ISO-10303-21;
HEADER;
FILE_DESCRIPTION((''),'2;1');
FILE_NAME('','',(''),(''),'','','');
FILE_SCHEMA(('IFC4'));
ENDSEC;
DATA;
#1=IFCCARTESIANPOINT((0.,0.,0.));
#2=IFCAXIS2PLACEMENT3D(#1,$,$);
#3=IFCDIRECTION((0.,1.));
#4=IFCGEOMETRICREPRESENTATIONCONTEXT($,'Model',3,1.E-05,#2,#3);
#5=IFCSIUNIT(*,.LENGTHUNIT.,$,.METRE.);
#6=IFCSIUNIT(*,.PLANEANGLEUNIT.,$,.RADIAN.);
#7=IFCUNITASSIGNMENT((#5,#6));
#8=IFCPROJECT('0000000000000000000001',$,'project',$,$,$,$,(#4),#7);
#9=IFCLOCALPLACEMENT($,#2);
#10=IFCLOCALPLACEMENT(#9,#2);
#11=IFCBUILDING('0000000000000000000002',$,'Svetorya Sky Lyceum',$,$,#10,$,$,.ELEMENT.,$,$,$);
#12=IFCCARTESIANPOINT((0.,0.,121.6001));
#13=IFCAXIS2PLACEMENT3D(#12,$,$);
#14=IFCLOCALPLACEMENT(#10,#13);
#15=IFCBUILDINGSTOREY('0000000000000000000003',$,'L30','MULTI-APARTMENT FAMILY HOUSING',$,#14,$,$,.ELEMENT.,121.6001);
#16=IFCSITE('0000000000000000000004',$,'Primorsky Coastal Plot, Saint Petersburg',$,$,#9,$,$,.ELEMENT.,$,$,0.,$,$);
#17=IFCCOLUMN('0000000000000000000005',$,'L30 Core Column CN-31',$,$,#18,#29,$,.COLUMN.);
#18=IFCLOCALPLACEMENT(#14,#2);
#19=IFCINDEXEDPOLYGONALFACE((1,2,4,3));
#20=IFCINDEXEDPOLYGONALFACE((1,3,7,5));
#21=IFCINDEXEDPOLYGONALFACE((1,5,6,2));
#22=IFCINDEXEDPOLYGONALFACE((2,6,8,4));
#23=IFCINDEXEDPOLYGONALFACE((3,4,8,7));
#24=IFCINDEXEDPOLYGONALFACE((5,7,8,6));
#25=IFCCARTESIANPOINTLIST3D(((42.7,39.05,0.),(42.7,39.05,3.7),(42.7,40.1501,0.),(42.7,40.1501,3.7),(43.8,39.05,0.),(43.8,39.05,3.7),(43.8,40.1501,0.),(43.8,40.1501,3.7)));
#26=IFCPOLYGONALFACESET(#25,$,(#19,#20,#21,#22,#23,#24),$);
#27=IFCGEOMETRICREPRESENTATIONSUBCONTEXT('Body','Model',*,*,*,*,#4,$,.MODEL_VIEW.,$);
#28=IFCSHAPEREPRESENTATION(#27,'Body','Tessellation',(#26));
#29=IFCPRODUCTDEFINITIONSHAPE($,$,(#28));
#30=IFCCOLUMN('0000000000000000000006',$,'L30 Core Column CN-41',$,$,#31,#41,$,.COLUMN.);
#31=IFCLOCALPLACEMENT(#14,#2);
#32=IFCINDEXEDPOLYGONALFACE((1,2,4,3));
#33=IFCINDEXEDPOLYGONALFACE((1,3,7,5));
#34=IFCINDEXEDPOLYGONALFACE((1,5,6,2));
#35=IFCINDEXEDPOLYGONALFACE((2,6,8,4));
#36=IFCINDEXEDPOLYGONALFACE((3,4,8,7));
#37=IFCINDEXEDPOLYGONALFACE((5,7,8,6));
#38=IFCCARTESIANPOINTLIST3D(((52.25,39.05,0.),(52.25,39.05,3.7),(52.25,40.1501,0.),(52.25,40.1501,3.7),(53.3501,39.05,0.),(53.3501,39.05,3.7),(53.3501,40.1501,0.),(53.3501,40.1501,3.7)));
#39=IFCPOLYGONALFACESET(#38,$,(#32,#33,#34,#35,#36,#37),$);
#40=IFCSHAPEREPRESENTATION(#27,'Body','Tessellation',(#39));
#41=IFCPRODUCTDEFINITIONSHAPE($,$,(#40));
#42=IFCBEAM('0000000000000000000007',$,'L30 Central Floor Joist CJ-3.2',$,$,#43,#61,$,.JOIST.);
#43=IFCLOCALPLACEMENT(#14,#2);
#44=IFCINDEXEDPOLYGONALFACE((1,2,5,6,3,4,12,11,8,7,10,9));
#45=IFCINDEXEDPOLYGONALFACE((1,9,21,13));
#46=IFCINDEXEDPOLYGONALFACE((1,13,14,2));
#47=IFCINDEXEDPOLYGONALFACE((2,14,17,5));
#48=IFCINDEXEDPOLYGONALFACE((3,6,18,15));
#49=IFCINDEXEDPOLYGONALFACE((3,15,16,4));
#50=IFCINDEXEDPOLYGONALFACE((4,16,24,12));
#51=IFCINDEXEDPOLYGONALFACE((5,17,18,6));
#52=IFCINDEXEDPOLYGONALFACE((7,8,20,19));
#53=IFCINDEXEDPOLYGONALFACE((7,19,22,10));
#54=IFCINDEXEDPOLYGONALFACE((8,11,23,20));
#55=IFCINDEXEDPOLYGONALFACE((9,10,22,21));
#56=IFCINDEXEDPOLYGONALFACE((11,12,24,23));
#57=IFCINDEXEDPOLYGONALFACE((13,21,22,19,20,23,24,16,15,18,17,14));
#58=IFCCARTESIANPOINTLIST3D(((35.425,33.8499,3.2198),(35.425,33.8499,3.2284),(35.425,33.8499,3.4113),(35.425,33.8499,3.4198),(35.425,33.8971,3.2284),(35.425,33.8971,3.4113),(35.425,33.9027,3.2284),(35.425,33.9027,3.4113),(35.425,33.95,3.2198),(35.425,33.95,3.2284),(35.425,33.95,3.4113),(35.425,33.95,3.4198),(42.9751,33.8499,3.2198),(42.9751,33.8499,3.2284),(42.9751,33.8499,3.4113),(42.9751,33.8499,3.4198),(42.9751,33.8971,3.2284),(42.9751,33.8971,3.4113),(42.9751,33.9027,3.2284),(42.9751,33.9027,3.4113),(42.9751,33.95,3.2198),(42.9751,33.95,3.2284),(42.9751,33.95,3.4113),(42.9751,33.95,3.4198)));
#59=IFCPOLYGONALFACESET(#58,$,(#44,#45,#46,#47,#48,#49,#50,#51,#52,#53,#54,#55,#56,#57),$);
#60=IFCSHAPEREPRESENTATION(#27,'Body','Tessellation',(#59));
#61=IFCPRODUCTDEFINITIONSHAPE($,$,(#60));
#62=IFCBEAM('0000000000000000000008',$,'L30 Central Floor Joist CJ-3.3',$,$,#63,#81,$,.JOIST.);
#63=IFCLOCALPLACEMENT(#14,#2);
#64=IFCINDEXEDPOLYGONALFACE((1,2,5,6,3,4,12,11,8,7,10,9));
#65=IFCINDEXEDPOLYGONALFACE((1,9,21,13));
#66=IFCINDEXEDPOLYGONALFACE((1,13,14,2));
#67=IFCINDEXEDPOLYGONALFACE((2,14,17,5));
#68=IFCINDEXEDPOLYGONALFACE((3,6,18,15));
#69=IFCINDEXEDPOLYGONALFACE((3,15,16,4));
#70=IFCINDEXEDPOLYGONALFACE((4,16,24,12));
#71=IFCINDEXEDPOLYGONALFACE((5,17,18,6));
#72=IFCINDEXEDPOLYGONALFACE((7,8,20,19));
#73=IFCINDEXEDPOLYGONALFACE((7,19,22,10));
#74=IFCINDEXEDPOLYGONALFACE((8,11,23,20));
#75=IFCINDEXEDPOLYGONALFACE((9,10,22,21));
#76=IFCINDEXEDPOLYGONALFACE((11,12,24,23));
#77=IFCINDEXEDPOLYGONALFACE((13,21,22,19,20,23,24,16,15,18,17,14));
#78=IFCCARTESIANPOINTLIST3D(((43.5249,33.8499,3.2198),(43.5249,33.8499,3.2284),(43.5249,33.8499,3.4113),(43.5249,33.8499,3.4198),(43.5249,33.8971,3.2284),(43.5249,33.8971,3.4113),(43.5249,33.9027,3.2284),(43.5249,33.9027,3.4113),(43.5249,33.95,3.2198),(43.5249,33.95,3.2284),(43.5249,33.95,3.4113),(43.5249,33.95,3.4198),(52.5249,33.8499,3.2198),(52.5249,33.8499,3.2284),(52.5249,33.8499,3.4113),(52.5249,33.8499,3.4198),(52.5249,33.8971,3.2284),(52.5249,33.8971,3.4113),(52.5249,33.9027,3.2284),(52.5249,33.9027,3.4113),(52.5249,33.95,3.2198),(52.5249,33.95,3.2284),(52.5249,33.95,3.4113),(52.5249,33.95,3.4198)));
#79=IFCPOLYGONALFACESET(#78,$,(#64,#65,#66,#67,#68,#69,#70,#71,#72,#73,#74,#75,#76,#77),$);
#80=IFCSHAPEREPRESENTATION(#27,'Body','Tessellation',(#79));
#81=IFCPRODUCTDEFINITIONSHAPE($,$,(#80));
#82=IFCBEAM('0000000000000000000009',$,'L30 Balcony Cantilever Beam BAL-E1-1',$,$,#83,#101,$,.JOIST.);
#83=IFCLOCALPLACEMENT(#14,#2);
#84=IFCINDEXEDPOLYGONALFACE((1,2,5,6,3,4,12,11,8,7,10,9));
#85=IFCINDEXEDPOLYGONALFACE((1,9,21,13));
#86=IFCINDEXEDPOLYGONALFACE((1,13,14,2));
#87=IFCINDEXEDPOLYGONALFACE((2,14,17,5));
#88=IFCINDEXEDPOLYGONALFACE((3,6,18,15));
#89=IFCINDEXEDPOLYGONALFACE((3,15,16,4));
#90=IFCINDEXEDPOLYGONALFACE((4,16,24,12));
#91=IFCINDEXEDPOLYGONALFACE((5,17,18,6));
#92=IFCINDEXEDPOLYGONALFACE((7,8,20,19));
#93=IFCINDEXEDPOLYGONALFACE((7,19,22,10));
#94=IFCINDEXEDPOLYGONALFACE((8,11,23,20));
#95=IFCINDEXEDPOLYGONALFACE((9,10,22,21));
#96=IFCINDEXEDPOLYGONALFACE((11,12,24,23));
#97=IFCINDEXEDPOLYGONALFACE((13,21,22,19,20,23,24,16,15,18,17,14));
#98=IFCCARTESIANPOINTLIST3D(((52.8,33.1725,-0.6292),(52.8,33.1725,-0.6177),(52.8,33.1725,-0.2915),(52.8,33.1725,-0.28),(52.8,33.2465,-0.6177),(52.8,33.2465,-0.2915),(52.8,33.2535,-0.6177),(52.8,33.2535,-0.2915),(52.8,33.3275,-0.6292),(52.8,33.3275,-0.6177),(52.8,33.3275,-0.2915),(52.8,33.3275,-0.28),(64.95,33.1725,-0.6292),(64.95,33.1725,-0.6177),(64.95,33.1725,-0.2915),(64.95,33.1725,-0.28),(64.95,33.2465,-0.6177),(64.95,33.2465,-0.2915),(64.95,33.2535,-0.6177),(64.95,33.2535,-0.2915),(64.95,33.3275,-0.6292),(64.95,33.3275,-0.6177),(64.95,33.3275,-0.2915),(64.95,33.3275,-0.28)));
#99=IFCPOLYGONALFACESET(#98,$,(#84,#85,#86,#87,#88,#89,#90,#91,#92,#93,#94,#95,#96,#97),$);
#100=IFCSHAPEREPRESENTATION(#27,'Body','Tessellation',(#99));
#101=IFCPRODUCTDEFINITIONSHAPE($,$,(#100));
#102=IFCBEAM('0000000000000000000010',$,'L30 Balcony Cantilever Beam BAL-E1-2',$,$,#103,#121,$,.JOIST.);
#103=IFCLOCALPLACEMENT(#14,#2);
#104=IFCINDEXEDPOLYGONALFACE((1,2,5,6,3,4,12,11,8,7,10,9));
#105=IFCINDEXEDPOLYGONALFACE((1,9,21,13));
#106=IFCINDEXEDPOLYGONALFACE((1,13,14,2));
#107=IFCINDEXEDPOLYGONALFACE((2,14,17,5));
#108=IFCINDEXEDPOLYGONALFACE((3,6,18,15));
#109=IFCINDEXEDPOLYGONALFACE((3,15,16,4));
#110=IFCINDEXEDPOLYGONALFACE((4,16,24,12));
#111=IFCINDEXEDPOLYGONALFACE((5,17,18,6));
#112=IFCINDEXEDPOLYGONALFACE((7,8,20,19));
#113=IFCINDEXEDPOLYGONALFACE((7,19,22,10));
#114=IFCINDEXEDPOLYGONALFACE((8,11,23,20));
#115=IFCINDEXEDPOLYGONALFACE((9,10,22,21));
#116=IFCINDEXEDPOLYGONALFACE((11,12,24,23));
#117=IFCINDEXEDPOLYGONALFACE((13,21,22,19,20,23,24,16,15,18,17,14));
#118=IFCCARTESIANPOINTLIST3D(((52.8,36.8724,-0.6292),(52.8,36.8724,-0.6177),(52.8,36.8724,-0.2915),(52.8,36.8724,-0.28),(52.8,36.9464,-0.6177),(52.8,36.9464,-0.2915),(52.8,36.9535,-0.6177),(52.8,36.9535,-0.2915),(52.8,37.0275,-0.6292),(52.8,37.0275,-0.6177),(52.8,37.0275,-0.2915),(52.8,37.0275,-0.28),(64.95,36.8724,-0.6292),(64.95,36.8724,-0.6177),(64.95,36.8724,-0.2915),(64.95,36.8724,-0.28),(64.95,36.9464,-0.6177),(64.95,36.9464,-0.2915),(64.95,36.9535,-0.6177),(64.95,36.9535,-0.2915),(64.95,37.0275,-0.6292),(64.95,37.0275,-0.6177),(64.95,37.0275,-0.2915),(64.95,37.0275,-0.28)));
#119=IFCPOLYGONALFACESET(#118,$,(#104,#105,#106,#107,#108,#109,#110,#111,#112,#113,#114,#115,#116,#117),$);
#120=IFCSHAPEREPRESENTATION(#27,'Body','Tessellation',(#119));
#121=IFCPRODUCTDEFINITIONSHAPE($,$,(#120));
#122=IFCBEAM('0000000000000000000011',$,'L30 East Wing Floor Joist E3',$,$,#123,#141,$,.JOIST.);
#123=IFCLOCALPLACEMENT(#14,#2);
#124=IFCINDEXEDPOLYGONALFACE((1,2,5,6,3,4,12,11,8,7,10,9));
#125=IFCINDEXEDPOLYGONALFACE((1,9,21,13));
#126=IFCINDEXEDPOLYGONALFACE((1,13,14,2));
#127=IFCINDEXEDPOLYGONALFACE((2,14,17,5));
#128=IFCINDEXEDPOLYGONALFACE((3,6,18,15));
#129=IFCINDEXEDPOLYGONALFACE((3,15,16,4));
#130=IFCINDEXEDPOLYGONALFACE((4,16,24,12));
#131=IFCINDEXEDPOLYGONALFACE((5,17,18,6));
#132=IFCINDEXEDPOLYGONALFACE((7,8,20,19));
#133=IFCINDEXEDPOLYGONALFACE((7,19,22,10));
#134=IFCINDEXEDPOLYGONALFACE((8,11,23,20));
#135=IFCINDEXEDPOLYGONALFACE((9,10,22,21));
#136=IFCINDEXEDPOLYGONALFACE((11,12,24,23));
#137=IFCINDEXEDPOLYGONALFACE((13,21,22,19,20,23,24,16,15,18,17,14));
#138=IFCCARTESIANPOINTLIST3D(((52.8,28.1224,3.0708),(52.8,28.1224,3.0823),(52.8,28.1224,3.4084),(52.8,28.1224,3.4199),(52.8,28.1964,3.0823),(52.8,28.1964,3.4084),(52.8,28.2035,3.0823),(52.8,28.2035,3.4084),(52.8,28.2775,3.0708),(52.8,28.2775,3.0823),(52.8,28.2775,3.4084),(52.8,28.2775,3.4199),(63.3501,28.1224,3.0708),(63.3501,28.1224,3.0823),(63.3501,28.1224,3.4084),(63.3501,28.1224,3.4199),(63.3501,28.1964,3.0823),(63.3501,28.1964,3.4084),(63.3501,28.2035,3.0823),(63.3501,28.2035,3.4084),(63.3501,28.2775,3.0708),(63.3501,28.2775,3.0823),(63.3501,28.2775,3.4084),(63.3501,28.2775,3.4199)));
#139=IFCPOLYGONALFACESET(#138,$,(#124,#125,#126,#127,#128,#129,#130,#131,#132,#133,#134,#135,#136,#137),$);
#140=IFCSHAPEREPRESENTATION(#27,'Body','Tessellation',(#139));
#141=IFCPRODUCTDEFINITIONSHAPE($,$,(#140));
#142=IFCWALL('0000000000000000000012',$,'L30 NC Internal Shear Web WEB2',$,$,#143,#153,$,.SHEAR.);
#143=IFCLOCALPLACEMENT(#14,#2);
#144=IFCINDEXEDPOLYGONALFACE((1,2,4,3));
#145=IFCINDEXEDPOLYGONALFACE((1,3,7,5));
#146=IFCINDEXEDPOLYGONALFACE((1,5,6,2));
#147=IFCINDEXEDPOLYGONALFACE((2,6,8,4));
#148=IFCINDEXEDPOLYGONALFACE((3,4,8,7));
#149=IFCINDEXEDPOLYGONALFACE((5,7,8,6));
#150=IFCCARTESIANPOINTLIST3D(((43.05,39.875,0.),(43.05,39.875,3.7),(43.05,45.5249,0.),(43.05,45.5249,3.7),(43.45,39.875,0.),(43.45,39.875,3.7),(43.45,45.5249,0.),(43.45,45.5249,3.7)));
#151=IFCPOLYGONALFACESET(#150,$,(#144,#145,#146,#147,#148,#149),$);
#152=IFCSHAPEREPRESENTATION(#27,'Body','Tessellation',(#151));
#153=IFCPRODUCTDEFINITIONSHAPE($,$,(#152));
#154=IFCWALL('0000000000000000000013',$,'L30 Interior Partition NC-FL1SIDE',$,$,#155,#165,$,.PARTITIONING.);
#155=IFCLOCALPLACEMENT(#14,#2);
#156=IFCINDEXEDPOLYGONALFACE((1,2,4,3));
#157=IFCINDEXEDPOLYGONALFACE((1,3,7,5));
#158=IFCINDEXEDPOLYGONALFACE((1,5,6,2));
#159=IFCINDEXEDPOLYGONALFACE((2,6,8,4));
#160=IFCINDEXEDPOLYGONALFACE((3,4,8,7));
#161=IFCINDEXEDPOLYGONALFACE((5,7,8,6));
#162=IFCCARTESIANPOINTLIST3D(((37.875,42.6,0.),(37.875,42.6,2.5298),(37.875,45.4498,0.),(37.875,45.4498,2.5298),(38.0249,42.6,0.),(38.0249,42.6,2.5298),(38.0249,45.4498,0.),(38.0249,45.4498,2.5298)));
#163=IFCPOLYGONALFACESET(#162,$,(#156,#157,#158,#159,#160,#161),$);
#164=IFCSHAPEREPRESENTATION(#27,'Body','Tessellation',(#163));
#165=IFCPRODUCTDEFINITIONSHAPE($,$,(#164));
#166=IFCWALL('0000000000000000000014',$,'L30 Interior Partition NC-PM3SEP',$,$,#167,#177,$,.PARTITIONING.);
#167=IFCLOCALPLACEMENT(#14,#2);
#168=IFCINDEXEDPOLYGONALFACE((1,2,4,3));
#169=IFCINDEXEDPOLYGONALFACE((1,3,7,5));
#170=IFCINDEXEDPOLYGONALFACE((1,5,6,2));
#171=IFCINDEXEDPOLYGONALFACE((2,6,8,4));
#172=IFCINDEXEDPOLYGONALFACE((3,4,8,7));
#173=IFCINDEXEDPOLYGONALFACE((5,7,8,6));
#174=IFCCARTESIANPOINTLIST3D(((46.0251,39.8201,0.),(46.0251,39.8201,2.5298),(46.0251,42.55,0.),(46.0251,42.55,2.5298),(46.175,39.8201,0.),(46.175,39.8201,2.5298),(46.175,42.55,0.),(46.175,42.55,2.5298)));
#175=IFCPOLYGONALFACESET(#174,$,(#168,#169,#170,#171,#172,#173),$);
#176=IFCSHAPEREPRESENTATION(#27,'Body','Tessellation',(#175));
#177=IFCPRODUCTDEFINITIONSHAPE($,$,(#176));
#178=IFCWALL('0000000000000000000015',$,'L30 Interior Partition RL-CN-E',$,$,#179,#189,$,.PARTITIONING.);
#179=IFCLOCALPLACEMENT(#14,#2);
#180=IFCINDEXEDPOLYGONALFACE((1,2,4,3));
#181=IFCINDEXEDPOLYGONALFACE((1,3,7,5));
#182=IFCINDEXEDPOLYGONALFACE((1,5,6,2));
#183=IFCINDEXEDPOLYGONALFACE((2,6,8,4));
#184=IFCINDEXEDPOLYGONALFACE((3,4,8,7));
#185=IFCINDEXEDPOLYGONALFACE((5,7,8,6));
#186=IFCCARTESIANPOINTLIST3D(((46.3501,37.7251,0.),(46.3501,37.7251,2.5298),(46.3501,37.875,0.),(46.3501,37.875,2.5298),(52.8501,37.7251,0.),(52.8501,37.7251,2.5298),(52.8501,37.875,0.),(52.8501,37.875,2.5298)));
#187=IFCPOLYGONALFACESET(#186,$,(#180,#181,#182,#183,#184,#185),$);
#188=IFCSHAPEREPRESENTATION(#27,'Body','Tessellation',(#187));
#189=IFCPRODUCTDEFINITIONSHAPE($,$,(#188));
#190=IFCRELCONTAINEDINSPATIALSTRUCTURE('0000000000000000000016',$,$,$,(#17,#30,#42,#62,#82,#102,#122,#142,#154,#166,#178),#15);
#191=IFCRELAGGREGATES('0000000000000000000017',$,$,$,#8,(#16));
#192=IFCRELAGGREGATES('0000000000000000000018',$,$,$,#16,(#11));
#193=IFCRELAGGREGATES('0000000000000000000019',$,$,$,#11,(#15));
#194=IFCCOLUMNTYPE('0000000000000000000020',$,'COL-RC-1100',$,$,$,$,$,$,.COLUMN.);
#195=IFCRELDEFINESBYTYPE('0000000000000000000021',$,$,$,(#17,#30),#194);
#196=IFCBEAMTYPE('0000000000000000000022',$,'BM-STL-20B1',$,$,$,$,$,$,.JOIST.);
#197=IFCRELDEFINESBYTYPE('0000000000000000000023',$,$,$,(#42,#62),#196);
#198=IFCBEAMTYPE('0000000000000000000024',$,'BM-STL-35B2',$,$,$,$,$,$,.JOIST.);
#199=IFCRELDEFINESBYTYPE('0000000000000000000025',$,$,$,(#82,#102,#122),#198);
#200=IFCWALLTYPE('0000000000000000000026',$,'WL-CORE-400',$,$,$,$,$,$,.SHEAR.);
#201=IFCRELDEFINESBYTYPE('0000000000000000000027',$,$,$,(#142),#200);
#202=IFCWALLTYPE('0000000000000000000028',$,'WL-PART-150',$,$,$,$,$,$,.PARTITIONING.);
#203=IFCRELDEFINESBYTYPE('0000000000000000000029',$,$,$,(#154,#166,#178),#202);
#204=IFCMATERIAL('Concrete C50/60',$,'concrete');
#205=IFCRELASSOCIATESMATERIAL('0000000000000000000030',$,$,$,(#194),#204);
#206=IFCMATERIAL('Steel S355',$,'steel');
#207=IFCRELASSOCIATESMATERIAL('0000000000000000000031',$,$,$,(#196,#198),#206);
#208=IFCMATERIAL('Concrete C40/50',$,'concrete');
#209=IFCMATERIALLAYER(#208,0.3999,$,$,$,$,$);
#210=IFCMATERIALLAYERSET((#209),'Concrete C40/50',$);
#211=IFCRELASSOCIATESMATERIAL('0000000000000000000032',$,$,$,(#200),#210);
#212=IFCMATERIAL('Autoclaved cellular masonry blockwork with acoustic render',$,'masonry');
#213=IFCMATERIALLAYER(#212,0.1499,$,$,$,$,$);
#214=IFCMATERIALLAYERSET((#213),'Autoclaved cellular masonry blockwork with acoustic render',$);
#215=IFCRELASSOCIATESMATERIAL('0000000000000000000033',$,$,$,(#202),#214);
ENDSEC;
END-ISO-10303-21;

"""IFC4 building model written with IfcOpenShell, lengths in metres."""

from ifc_helpers import new_model, si_unit, direction, frame, frame_2d, origin, origin_2d, place, context, subcontext, project, spatial, rectangle, i_section, extrude, material, layer, layer_set, material_profile, profile_set, type_object, element, save


model = new_model("IFC4")

# Units and contexts
model_context = context("Model", 3, precision=1e-05, world=origin(), true_north=direction((0.0, 1.0)))
body_context = subcontext(model_context, "Body", "Model", "MODEL_VIEW")
ifc_project = project(units=[si_unit("LENGTHUNIT", "METRE"), si_unit("PLANEANGLEUNIT", "RADIAN")], contexts=[model_context])

# Site, building, storey
site_placement = place(None, origin())
site = spatial("IfcSite", under=ifc_project, at=site_placement, Name="Primorsky Coastal Plot, Saint Petersburg", CompositionType="ELEMENT", RefElevation=0.0)
building_placement = place(site_placement, origin())
building = spatial("IfcBuilding", under=site, at=building_placement, Name="Svetorya Sky Lyceum", CompositionType="ELEMENT")
storey_placement = place(building_placement, frame((0.0, 0.0, 121.6001)))
storey = spatial("IfcBuildingStorey", under=building, at=storey_placement, Name="L30", Description="MULTI-APARTMENT FAMILY HOUSING", CompositionType="ELEMENT", Elevation=121.6001)

# Columns
ifc_material_1 = material(Name="Concrete C50/60", Category="concrete")
ifc_material_profile_1 = material_profile(ifc_material_1, rectangle(XDim=1.1001, YDim=1.1001, at=origin_2d()), Name="RC COL 1100x1100")
ifc_profile_set_1 = profile_set([ifc_material_profile_1], Name="Concrete C50/60")
column_type = type_object("IfcColumnType", Name="COL-RC-1100", PredefinedType="COLUMN", material=ifc_profile_set_1)
for number, where, z_axis, x_axis, name in (
    (1, (43.25, 39.6001, 0.0), (0.0, 0.0, 1.0), (1.0, 0.0, 0.0), "L30 Core Column CN-31"),
    (2, (52.8, 39.6001, 0.0), (0.0, 0.0, 1.0), (1.0, 0.0, 0.0), "L30 Core Column CN-41"),
):
    element("IfcColumn", number, at=place(storey_placement, frame(where, z_axis=z_axis, x_axis=x_axis)), inside=storey, type_object=column_type, Name=name, PredefinedType="COLUMN", context=body_context, shape_type="SweptSolid", body=[
        extrude(rectangle(XDim=1.1001, YDim=1.1001, at=origin_2d()), origin(), (0.0, 0.0, 1.0), 3.7),
    ])

# Beams
ifc_material_2 = material(Name="Steel S355", Category="steel")
ifc_material_profile_2 = material_profile(ifc_material_2, i_section(OverallWidth=0.1001, OverallDepth=0.2, WebThickness=0.0056, FlangeThickness=0.0085, at=origin_2d()), Name="GOST 20B1")
ifc_profile_set_2 = profile_set([ifc_material_profile_2], Name="Steel S355")
beam_type_1 = type_object("IfcBeamType", Name="BM-STL-20B1", PredefinedType="JOIST", material=ifc_profile_set_2)
beam_1_placement = place(storey_placement, frame((35.425, 33.8999, 3.3198), z_axis=(1.0, 0.0, 0.0), x_axis=(0.0, 1.0, 0.0)))
element("IfcBeam", 3, at=beam_1_placement, inside=storey, type_object=beam_type_1, Name="L30 Central Floor Joist CJ-3.2", PredefinedType="JOIST", context=body_context, shape_type="SweptSolid", body=[
    extrude(i_section(OverallWidth=0.1001, OverallDepth=0.2, WebThickness=0.0056, FlangeThickness=0.0085, at=origin_2d()), origin(), (0.0, 0.0, 1.0), 7.55),
])
beam_2_placement = place(storey_placement, frame((43.5249, 33.8999, 3.3198), z_axis=(1.0, 0.0, 0.0), x_axis=(0.0, 1.0, 0.0)))
element("IfcBeam", 4, at=beam_2_placement, inside=storey, type_object=beam_type_1, Name="L30 Central Floor Joist CJ-3.3", PredefinedType="JOIST", context=body_context, shape_type="SweptSolid", body=[
    extrude(i_section(OverallWidth=0.1001, OverallDepth=0.2, WebThickness=0.0056, FlangeThickness=0.0085, at=origin_2d()), origin(), (0.0, 0.0, 1.0), 9.0),
])
ifc_material_profile_3 = material_profile(ifc_material_2, i_section(OverallWidth=0.155, OverallDepth=0.3491, WebThickness=0.0071, FlangeThickness=0.0115, at=origin_2d()), Name="GOST 35B2")
ifc_profile_set_3 = profile_set([ifc_material_profile_3], Name="Steel S355")
beam_type_2 = type_object("IfcBeamType", Name="BM-STL-35B2", PredefinedType="JOIST", material=ifc_profile_set_3)
for number, where, z_axis, x_axis, name in (
    (5, (52.8, 33.25, -0.4546), (1.0, 0.0, 0.0), (0.0, 1.0, 0.0), "L30 Balcony Cantilever Beam BAL-E1-1"),
    (6, (52.8, 36.95, -0.4546), (1.0, 0.0, 0.0), (0.0, 1.0, 0.0), "L30 Balcony Cantilever Beam BAL-E1-2"),
):
    element("IfcBeam", number, at=place(storey_placement, frame(where, z_axis=z_axis, x_axis=x_axis)), inside=storey, type_object=beam_type_2, Name=name, PredefinedType="JOIST", context=body_context, shape_type="SweptSolid", body=[
        extrude(i_section(OverallWidth=0.155, OverallDepth=0.3491, WebThickness=0.0071, FlangeThickness=0.0115, at=origin_2d()), origin(), (0.0, 0.0, 1.0), 12.1499),
    ])
beam_3_placement = place(storey_placement, frame((52.8, 28.2, 3.2454), z_axis=(1.0, 0.0, 0.0), x_axis=(0.0, 1.0, 0.0)))
element("IfcBeam", 7, at=beam_3_placement, inside=storey, type_object=beam_type_2, Name="L30 East Wing Floor Joist E3", PredefinedType="JOIST", context=body_context, shape_type="SweptSolid", body=[
    extrude(i_section(OverallWidth=0.155, OverallDepth=0.3491, WebThickness=0.0071, FlangeThickness=0.0115, at=origin_2d()), origin(), (0.0, 0.0, 1.0), 10.55),
])

# Wall
ifc_material_3 = material(Name="Concrete C40/50", Category="concrete")
ifc_layer_1 = layer(ifc_material_3, 0.3999)
ifc_layer_set_1 = layer_set([ifc_layer_1], Name="Concrete C40/50")
wall_type_1 = type_object("IfcWallType", Name="WL-CORE-400", PredefinedType="SHEAR", material=ifc_layer_set_1)
wall_1_placement = place(storey_placement, frame((43.25, 39.875, 0.0), z_axis=(0.0, 0.0, 1.0), x_axis=(0.0, 1.0, 0.0)))
element("IfcWall", 8, at=wall_1_placement, inside=storey, type_object=wall_type_1, Name="L30 NC Internal Shear Web WEB2", PredefinedType="SHEAR", context=body_context, shape_type="SweptSolid", body=[
    extrude(rectangle(XDim=5.6499, YDim=0.3999, at=frame_2d((2.825, 0.0))), origin(), (0.0, 0.0, 1.0), 3.7),
])

# Walls
ifc_material_4 = material(Name="Autoclaved cellular masonry blockwork with acoustic render", Category="masonry")
ifc_layer_2 = layer(ifc_material_4, 0.1499)
ifc_layer_set_2 = layer_set([ifc_layer_2], Name="Autoclaved cellular masonry blockwork with acoustic render")
wall_type_2 = type_object("IfcWallType", Name="WL-PART-150", PredefinedType="PARTITIONING", material=ifc_layer_set_2)
wall_2_placement = place(storey_placement, frame((37.95, 42.6001, 0.0), z_axis=(0.0, 0.0, 1.0), x_axis=(0.0, 1.0, 0.0)))
element("IfcWall", 9, at=wall_2_placement, inside=storey, type_object=wall_type_2, Name="L30 Interior Partition NC-FL1SIDE", PredefinedType="PARTITIONING", context=body_context, shape_type="SweptSolid", body=[
    extrude(rectangle(XDim=2.8499, YDim=0.1499, at=frame_2d((1.4248, 0.0))), origin(), (0.0, 0.0, 1.0), 2.5298),
])
wall_3_placement = place(storey_placement, frame((46.1001, 39.8201, 0.0), z_axis=(0.0, 0.0, 1.0), x_axis=(0.0, 1.0, 0.0)))
element("IfcWall", 10, at=wall_3_placement, inside=storey, type_object=wall_type_2, Name="L30 Interior Partition NC-PM3SEP", PredefinedType="PARTITIONING", context=body_context, shape_type="SweptSolid", body=[
    extrude(rectangle(XDim=2.73, YDim=0.1499, at=frame_2d((1.365, 0.0))), origin(), (0.0, 0.0, 1.0), 2.5298),
])
wall_4_placement = place(storey_placement, frame((46.3501, 37.8, 0.0), z_axis=(0.0, 0.0, 1.0), x_axis=(1.0, 0.0, 0.0)))
element("IfcWall", 11, at=wall_4_placement, inside=storey, type_object=wall_type_2, Name="L30 Interior Partition RL-CN-E", PredefinedType="PARTITIONING", context=body_context, shape_type="SweptSolid", body=[
    extrude(rectangle(XDim=6.5, YDim=0.1499, at=frame_2d((3.25, 0.0))), origin(), (0.0, 0.0, 1.0), 2.5298),
])

save(model, "model.ifc")
